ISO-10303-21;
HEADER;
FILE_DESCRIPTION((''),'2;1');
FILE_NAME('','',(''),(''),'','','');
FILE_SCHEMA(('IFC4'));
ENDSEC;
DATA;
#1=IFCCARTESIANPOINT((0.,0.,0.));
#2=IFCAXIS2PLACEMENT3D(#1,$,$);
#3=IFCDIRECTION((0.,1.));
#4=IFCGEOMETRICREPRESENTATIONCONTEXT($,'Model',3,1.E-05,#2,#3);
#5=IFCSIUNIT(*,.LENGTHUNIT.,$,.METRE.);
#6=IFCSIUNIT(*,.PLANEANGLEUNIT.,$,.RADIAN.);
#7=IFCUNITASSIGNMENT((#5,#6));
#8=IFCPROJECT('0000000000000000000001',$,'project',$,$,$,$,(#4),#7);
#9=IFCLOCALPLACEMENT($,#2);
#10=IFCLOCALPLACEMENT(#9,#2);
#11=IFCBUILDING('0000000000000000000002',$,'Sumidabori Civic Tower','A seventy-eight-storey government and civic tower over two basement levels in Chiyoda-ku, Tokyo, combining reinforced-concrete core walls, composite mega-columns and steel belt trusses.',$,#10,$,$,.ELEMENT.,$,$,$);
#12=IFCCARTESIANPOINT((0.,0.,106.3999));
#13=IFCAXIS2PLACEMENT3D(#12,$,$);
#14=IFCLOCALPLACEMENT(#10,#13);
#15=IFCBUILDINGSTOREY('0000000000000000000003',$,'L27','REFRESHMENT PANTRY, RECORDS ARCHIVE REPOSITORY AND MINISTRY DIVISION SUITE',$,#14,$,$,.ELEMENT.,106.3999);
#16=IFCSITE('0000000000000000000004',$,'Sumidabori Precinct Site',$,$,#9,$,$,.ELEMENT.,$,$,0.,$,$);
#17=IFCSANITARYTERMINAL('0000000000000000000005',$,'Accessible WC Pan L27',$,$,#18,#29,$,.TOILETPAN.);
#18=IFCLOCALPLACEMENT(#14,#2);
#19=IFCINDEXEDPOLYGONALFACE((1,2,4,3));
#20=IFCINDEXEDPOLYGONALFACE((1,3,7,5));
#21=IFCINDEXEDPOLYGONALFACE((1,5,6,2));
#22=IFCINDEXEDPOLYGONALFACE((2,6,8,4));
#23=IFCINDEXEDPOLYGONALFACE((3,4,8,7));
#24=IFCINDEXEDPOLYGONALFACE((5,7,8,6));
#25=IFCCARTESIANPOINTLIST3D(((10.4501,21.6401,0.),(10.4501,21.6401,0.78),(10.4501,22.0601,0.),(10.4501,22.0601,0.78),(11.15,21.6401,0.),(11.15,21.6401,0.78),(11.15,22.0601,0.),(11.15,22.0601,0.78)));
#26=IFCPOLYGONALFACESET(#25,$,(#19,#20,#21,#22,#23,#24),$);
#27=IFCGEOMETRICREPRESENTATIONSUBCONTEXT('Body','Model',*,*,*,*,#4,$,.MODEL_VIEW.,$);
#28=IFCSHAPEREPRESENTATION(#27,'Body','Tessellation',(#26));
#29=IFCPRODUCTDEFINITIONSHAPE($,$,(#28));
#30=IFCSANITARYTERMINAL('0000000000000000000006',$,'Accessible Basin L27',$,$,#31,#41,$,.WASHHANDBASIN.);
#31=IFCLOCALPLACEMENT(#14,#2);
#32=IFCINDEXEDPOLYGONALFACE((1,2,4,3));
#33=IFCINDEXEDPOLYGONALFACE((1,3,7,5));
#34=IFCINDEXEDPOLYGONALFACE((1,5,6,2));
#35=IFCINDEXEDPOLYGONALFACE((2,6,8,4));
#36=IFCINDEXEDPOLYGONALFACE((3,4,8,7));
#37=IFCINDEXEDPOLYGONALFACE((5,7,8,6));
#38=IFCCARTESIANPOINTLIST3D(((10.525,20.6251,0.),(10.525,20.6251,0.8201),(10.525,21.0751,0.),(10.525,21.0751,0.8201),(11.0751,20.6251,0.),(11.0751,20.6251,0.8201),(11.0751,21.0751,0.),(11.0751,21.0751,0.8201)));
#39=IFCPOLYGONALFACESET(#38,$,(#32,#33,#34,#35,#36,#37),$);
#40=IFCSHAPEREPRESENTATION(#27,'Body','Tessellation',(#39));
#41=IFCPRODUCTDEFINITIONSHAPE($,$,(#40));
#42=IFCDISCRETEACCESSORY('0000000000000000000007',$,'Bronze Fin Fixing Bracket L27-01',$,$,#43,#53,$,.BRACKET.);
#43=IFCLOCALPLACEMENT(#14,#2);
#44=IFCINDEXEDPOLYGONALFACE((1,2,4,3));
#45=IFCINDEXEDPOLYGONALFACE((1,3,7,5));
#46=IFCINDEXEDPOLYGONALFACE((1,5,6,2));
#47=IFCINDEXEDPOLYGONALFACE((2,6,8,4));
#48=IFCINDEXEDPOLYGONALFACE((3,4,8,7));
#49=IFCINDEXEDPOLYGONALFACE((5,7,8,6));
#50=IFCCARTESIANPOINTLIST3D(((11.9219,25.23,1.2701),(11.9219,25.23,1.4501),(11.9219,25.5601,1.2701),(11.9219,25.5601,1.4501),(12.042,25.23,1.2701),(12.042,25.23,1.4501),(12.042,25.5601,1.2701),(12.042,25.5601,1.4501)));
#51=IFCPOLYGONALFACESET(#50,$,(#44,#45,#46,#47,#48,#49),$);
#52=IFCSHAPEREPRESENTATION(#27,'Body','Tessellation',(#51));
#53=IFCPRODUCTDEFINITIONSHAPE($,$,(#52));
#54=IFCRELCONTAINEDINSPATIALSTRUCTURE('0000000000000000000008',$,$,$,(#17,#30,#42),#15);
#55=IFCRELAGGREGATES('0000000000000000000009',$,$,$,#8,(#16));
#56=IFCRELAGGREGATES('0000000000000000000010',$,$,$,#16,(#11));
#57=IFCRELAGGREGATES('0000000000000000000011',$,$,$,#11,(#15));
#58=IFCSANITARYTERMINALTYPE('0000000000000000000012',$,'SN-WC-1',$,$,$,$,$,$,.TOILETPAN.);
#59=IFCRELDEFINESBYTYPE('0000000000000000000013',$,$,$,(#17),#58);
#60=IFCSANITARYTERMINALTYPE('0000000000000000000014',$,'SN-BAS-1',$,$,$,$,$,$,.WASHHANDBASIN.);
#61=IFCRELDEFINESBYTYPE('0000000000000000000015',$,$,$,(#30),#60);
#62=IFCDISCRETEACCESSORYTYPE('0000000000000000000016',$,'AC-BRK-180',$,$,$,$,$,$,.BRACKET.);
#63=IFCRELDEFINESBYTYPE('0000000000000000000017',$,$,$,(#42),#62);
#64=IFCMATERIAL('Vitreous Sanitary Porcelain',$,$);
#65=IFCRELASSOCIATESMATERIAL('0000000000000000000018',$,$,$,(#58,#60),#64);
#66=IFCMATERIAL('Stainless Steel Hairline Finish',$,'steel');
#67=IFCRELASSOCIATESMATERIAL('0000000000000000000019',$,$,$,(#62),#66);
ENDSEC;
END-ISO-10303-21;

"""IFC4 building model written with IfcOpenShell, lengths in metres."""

from ifc_helpers import new_model, si_unit, direction, frame, origin, origin_2d, place, context, subcontext, project, spatial, rectangle, extrude, source, transform, mapped, material, material_profile, profile_set, type_object, element, save


model = new_model("IFC4")

# Units and contexts
model_context = context("Model", 3, precision=1e-05, world=origin(), true_north=direction((0.0, 1.0)))
body_context = subcontext(model_context, "Body", "Model", "MODEL_VIEW")
ifc_project = project(units=[si_unit("LENGTHUNIT", "METRE"), si_unit("PLANEANGLEUNIT", "RADIAN")], contexts=[model_context])

# Site, building, storey
site_placement = place(None, origin())
site = spatial("IfcSite", under=ifc_project, at=site_placement, Name="Sumidabori Precinct Site", CompositionType="ELEMENT", RefElevation=0.0)
building_placement = place(site_placement, origin())
building = spatial("IfcBuilding", under=site, at=building_placement, Name="Sumidabori Civic Tower", Description="A seventy-eight-storey government and civic tower over two basement levels in Chiyoda-ku, Tokyo, combining reinforced-concrete core walls, composite mega-columns and steel belt trusses.", CompositionType="ELEMENT")
storey_placement = place(building_placement, frame((0.0, 0.0, 106.3999)))
storey = spatial("IfcBuildingStorey", under=building, at=storey_placement, Name="L27", Description="REFRESHMENT PANTRY, RECORDS ARCHIVE REPOSITORY AND MINISTRY DIVISION SUITE", CompositionType="ELEMENT", Elevation=106.3999)

# Shared definitions
ifc_material_1 = material(Name="Stainless Steel Hairline Finish", Category="steel")

# Sanitary terminals
ifc_material_2 = material(Name="Vitreous Sanitary Porcelain")
sanitary_terminal_type_1 = type_object("IfcSanitaryTerminalType", Name="SN-WC-1", PredefinedType="TOILETPAN", material=ifc_material_2)
shared_shape_1 = source(origin(), body_context, "Body", "SweptSolid", [
    extrude(rectangle(XDim=0.7, YDim=0.4199, at=origin_2d()), origin(), (0.0, 0.0, 1.0), 0.78),
])
sanitary_terminal_1_placement = place(storey_placement, frame((10.8, 21.8501, 0.0), z_axis=(0.0, 0.0, 1.0), x_axis=(1.0, 0.0, 0.0)))
element("IfcSanitaryTerminal", 1, at=sanitary_terminal_1_placement, inside=storey, type_object=sanitary_terminal_type_1, Name="Accessible WC Pan L27", PredefinedType="TOILETPAN", context=body_context, shape_type="MappedRepresentation", body=[
    mapped(shared_shape_1, transform((0.0, 0.0, 0.0), x_axis=(1.0, 0.0, 0.0), y_axis=(0.0, 1.0, 0.0), z_axis=(0.0, 0.0, 1.0), scale=1.0)),
])
sanitary_terminal_type_2 = type_object("IfcSanitaryTerminalType", Name="SN-BAS-1", PredefinedType="WASHHANDBASIN", material=ifc_material_2)
shared_shape_2 = source(origin(), body_context, "Body", "SweptSolid", [
    extrude(rectangle(XDim=0.55, YDim=0.45, at=origin_2d()), origin(), (0.0, 0.0, 1.0), 0.8201),
])
sanitary_terminal_2_placement = place(storey_placement, frame((10.8, 20.8501, 0.0), z_axis=(0.0, 0.0, 1.0), x_axis=(1.0, 0.0, 0.0)))
element("IfcSanitaryTerminal", 2, at=sanitary_terminal_2_placement, inside=storey, type_object=sanitary_terminal_type_2, Name="Accessible Basin L27", PredefinedType="WASHHANDBASIN", context=body_context, shape_type="MappedRepresentation", body=[
    mapped(shared_shape_2, transform((0.0, 0.0, 0.0), x_axis=(1.0, 0.0, 0.0), y_axis=(0.0, 1.0, 0.0), z_axis=(0.0, 0.0, 1.0), scale=1.0)),
])

# Discrete accessory
ifc_material_profile_1 = material_profile(ifc_material_1, rectangle(XDim=0.1201, YDim=0.1799, at=origin_2d()), Name="STEEL BRACKET 180x120")
ifc_profile_set_1 = profile_set([ifc_material_profile_1], Name="Stainless Steel Hairline Finish")
discrete_accessory_type = type_object("IfcDiscreteAccessoryType", Name="AC-BRK-180", PredefinedType="BRACKET", material=ifc_profile_set_1)
shared_shape_3 = source(origin(), body_context, "Body", "SweptSolid", [
    extrude(rectangle(XDim=0.1201, YDim=0.1799, at=origin_2d()), origin(), (0.0, 0.0, 1.0), 0.3301),
])
discrete_accessory_placement = place(storey_placement, frame((11.9819, 25.23, 1.3601), z_axis=(0.0, 1.0, 0.0), x_axis=(-1.0, 0.0, 0.0)))
element("IfcDiscreteAccessory", 3, at=discrete_accessory_placement, inside=storey, type_object=discrete_accessory_type, Name="Bronze Fin Fixing Bracket L27-01", PredefinedType="BRACKET", context=body_context, shape_type="MappedRepresentation", body=[
    mapped(shared_shape_3, transform((0.0, 0.0, 0.0), x_axis=(1.0, 0.0, 0.0), y_axis=(0.0, 1.0, 0.0), z_axis=(0.0, 0.0, 1.0), scale=1.0)),
])

save(model, "model.ifc")
